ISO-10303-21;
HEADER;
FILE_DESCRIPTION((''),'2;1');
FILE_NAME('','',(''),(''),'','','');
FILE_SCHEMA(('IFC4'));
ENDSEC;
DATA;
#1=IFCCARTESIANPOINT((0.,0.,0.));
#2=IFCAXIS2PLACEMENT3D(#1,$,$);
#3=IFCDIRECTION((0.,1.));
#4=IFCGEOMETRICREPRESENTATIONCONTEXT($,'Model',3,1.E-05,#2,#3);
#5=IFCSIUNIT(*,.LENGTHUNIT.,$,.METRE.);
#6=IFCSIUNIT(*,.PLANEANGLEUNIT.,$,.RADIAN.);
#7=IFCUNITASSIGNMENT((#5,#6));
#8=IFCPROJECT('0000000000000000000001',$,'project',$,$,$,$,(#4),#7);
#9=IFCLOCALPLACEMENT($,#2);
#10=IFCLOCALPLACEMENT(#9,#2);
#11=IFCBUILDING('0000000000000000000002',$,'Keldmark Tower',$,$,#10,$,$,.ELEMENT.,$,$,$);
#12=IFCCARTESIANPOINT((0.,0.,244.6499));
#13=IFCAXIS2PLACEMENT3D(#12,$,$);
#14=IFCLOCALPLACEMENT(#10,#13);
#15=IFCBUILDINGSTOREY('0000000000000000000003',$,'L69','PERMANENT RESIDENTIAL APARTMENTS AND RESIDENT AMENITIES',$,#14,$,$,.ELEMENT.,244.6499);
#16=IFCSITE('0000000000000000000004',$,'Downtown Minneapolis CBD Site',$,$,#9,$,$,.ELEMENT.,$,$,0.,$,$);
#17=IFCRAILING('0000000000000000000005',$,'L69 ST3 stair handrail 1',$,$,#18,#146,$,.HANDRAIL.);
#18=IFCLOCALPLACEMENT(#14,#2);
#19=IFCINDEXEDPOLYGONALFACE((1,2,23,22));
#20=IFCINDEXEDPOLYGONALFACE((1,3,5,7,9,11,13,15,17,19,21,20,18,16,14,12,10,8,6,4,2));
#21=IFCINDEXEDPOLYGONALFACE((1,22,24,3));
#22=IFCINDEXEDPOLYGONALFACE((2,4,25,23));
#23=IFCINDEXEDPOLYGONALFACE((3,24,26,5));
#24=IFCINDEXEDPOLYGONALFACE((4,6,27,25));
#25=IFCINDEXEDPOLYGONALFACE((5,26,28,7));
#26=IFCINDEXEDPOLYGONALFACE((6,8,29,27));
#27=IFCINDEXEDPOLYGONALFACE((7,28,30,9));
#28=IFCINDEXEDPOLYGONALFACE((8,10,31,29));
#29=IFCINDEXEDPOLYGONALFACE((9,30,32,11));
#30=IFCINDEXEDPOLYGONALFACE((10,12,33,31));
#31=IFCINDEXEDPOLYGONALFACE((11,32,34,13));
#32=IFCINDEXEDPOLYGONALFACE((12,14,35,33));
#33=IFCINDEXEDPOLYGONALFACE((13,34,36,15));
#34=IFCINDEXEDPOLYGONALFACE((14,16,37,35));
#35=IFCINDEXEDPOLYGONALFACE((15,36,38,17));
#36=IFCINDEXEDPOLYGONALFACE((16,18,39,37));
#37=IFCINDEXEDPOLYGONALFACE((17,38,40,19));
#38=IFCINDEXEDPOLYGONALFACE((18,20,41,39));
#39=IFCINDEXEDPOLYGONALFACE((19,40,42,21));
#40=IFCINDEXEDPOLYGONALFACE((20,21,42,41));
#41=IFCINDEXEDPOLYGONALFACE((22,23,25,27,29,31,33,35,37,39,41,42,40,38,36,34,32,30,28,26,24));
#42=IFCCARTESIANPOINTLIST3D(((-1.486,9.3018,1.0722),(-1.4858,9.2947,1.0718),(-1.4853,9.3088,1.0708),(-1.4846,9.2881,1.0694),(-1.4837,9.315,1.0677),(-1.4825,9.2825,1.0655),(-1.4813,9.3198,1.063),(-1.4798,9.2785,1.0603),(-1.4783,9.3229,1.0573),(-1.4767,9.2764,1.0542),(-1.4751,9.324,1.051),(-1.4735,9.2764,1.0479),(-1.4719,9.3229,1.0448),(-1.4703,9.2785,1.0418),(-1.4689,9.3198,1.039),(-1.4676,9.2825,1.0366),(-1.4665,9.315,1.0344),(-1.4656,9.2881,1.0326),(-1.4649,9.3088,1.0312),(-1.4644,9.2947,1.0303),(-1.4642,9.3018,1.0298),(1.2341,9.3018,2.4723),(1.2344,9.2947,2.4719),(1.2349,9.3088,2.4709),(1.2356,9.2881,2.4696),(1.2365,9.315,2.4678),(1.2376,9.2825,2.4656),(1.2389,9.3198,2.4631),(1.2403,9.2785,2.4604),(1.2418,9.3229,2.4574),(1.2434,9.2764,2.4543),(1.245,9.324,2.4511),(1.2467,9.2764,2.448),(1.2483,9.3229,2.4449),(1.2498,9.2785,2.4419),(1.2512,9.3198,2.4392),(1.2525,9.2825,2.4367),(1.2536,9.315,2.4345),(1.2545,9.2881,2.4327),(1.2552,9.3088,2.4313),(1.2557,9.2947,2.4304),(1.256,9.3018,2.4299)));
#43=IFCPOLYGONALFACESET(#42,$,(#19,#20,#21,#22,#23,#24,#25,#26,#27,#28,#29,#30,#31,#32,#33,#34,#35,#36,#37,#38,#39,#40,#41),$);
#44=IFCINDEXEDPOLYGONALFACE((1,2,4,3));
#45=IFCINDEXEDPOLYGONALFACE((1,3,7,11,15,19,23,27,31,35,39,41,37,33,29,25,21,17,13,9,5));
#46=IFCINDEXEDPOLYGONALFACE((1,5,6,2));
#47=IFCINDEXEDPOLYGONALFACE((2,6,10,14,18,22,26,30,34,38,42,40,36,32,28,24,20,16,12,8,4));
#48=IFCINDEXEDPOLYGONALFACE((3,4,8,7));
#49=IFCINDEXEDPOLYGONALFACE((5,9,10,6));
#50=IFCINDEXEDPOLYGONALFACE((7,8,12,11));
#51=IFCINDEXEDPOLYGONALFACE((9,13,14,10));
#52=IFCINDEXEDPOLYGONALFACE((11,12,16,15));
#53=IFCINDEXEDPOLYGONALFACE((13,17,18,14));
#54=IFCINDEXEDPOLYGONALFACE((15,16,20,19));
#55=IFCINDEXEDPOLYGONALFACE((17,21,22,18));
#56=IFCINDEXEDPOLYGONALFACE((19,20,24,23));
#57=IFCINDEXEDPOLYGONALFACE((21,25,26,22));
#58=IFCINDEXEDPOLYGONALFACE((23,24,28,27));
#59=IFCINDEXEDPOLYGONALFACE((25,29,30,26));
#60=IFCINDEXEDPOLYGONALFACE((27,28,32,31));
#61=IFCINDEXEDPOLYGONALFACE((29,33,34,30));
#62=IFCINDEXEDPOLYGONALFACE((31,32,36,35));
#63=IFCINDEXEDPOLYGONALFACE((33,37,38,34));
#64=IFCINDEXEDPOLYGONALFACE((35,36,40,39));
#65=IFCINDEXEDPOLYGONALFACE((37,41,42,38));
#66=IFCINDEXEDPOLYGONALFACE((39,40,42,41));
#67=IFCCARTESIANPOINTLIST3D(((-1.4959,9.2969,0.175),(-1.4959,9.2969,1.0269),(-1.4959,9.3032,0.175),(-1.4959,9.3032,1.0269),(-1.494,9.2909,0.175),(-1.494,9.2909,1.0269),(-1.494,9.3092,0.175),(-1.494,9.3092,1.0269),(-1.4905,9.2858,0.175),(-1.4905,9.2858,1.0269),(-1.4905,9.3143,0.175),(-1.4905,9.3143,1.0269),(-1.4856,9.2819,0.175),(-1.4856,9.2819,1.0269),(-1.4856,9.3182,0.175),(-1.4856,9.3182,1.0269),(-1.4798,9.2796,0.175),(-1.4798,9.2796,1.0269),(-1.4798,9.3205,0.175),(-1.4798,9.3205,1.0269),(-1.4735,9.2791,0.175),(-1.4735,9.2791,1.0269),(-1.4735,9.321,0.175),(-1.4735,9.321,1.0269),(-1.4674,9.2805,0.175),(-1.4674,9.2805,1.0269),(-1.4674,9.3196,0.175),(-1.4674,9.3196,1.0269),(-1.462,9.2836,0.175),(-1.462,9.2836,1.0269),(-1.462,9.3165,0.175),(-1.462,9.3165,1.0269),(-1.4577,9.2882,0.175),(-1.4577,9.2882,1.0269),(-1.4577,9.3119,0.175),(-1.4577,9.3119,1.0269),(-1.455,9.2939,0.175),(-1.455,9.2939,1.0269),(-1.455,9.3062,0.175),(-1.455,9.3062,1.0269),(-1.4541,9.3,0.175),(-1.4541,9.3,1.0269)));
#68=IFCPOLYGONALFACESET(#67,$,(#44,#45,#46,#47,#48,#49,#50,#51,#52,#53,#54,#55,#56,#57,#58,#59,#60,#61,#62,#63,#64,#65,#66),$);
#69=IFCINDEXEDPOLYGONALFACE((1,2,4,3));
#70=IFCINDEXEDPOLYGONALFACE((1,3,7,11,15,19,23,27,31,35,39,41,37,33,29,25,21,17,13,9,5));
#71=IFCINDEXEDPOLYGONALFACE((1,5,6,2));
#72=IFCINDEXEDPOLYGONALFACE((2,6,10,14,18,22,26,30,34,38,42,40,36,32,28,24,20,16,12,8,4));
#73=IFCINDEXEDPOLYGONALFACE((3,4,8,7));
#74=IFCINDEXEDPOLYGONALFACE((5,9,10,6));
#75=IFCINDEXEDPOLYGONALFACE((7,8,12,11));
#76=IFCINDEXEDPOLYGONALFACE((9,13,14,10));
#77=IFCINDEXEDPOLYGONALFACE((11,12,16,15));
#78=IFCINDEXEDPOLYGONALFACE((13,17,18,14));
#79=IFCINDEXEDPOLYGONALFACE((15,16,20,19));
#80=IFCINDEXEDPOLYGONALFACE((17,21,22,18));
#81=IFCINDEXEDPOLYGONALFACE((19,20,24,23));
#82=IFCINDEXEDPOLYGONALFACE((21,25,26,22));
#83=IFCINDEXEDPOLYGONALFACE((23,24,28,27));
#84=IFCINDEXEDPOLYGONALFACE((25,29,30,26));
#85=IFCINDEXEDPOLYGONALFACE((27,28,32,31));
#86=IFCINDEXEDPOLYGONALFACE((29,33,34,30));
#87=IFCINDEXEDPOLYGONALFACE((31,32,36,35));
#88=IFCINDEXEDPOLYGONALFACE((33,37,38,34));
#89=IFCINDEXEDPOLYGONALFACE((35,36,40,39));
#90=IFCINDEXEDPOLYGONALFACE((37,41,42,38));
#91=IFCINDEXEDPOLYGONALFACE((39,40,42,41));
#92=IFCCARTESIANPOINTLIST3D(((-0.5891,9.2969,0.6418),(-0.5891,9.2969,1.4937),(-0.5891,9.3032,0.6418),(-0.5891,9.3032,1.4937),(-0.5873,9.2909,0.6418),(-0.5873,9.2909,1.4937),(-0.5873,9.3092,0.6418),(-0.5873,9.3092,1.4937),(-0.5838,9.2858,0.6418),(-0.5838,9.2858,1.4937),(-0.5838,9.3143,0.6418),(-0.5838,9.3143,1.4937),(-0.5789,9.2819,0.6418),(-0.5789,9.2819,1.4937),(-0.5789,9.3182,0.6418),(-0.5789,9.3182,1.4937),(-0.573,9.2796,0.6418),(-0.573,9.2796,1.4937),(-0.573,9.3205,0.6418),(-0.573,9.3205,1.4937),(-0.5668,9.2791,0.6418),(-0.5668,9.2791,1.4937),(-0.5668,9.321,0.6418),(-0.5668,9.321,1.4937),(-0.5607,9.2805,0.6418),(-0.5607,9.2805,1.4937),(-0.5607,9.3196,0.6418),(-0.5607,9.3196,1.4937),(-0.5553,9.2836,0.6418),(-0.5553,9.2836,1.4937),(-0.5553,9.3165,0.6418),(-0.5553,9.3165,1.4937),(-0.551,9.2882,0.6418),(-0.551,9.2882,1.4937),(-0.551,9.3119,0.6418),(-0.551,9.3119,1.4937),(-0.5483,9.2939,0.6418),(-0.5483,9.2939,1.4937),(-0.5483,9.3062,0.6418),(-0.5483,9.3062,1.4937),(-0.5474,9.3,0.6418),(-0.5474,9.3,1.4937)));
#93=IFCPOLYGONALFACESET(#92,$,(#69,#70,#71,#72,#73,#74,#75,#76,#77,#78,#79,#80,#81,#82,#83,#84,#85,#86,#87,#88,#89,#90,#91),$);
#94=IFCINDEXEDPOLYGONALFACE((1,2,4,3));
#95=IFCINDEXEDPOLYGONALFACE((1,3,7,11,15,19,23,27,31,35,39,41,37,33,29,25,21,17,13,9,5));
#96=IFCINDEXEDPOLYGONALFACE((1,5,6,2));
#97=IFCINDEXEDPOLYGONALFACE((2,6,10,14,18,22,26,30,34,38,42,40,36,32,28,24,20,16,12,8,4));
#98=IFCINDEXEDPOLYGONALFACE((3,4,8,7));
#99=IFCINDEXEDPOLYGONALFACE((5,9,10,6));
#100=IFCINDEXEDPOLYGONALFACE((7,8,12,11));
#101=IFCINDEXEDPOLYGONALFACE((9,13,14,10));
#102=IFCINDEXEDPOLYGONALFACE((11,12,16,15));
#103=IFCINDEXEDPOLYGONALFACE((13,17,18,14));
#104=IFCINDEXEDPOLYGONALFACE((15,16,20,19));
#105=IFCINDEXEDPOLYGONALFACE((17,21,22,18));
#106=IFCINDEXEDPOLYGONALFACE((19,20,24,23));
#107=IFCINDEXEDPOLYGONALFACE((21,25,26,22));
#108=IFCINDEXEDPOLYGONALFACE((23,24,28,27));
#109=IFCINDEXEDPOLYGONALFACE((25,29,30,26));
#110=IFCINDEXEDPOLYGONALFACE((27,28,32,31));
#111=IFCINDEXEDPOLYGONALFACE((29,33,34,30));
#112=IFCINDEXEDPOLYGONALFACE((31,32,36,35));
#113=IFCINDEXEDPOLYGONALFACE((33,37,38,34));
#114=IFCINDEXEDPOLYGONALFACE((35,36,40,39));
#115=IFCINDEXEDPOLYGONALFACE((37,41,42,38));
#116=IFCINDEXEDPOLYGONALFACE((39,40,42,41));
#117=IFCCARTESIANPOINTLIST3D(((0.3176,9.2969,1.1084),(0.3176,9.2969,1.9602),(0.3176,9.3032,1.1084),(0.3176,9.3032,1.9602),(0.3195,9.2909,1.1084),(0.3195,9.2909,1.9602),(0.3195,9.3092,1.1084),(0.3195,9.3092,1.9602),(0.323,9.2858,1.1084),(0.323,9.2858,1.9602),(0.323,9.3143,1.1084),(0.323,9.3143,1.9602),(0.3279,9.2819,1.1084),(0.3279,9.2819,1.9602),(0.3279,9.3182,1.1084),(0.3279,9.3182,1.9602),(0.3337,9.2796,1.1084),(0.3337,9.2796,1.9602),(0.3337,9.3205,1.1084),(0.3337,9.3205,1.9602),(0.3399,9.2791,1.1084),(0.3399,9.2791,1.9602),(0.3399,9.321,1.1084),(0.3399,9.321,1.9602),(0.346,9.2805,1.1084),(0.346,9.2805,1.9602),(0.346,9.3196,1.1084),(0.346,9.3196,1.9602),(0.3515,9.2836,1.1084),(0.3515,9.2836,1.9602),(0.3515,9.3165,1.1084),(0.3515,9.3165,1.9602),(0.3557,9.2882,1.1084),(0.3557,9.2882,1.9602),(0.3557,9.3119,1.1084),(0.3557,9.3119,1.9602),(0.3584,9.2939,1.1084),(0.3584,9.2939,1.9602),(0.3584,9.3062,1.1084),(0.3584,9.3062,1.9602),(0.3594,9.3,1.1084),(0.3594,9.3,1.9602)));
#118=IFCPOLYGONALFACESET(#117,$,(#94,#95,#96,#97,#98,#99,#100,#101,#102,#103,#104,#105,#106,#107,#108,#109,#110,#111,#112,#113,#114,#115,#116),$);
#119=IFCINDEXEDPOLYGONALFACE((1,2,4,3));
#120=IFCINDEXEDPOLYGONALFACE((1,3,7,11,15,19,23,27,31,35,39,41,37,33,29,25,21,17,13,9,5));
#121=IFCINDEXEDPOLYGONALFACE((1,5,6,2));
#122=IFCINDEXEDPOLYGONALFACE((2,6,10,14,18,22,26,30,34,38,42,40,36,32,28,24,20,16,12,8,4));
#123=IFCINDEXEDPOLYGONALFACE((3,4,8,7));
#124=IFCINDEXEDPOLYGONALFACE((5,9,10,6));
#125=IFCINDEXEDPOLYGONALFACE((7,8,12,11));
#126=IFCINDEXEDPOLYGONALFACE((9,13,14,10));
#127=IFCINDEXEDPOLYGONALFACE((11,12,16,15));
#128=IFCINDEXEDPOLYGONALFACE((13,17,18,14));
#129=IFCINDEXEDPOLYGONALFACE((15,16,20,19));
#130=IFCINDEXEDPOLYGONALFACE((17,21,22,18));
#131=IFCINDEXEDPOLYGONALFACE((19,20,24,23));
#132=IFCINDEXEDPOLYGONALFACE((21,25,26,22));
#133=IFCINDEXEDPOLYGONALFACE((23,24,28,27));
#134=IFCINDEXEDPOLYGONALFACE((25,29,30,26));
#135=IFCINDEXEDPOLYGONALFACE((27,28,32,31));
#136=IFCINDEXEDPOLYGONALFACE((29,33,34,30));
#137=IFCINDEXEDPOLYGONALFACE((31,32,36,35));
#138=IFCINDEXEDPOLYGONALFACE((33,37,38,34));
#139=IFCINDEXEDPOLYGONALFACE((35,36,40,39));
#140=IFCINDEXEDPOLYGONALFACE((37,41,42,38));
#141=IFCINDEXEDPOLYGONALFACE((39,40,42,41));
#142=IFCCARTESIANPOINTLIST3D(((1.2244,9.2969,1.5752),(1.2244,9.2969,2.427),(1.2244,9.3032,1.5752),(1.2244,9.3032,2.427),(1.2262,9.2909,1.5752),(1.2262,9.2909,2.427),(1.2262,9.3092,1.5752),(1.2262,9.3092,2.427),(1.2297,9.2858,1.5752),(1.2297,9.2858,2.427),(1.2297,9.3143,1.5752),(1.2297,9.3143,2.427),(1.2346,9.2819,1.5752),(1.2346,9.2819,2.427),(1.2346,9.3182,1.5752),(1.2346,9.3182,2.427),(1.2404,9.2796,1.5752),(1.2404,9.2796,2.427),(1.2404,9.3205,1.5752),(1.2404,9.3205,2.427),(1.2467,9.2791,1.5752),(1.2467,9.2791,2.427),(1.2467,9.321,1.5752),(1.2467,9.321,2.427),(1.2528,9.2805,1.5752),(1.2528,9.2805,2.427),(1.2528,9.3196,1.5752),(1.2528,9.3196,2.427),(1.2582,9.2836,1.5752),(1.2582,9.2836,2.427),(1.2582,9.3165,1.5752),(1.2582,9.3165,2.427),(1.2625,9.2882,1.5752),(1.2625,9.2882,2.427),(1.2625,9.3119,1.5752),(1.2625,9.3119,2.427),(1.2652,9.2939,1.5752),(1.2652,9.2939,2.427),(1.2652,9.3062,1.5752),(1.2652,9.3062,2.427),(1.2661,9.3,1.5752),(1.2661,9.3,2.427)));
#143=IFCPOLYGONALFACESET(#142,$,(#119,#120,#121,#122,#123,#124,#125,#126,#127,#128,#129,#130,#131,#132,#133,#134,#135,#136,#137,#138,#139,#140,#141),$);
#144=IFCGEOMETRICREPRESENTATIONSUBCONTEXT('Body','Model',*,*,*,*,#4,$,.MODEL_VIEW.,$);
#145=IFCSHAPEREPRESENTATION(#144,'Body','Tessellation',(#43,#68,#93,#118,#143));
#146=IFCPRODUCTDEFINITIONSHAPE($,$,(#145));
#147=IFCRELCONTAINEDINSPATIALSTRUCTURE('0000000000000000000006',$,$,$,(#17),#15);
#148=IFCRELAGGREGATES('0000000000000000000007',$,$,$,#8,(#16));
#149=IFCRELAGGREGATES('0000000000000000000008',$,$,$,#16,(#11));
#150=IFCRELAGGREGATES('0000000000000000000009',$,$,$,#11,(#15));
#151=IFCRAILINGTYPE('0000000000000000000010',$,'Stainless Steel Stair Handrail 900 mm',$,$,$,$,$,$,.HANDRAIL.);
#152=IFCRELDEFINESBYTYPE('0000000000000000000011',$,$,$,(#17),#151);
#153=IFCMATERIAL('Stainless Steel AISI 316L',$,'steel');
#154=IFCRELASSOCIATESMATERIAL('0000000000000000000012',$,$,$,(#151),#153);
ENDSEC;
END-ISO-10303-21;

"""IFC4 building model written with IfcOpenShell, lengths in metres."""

from ifc_helpers import new_model, si_unit, direction, frame, origin, origin_2d, place, context, subcontext, project, spatial, circle, extrude, material, type_object, element, save


model = new_model("IFC4")

# Units and contexts
model_context = context("Model", 3, precision=1e-05, world=origin(), true_north=direction((0.0, 1.0)))
body_context = subcontext(model_context, "Body", "Model", "MODEL_VIEW")
ifc_project = project(units=[si_unit("LENGTHUNIT", "METRE"), si_unit("PLANEANGLEUNIT", "RADIAN")], contexts=[model_context])

# Site, building, storey
site_placement = place(None, origin())
site = spatial("IfcSite", under=ifc_project, at=site_placement, Name="Downtown Minneapolis CBD Site", CompositionType="ELEMENT", RefElevation=0.0)
building_placement = place(site_placement, origin())
building = spatial("IfcBuilding", under=site, at=building_placement, Name="Keldmark Tower", CompositionType="ELEMENT")
storey_placement = place(building_placement, frame((0.0, 0.0, 244.6499)))
storey = spatial("IfcBuildingStorey", under=building, at=storey_placement, Name="L69", Description="PERMANENT RESIDENTIAL APARTMENTS AND RESIDENT AMENITIES", CompositionType="ELEMENT", Elevation=244.6499)

# Railing
ifc_material_1 = material(Name="Stainless Steel AISI 316L", Category="steel")
railing_type_1 = type_object("IfcRailingType", Name="Stainless Steel Stair Handrail 900 mm", PredefinedType="HANDRAIL", material=ifc_material_1)
railing_1_placement = place(storey_placement, frame((-1.4751, 9.3, 0.175)))
element("IfcRailing", 1, at=railing_1_placement, inside=storey, type_object=railing_type_1, Name="L69 ST3 stair handrail 1", PredefinedType="HANDRAIL", context=body_context, shape_type="SweptSolid", body=[
    extrude(circle(Radius=0.0239, at=origin_2d()), frame((0.0, 0.0, 0.876), z_axis=(0.889131, 0.0, 0.457653), x_axis=(0.0, 1.0, 0.0)), (0.0, 0.0, 1.0), 3.0593),
    extrude(circle(Radius=0.021, at=origin_2d()), origin(), (0.0, 0.0, 1.0), 0.8518),
    extrude(circle(Radius=0.021, at=origin_2d()), frame((0.9067, 0.0, 0.4668)), (0.0, 0.0, 1.0), 0.8518),
    extrude(circle(Radius=0.021, at=origin_2d()), frame((1.8135, 0.0, 0.9333)), (0.0, 0.0, 1.0), 0.8518),
    extrude(circle(Radius=0.021, at=origin_2d()), frame((2.7202, 0.0, 1.4001)), (0.0, 0.0, 1.0), 0.8518),
])

save(model, "model.ifc")
